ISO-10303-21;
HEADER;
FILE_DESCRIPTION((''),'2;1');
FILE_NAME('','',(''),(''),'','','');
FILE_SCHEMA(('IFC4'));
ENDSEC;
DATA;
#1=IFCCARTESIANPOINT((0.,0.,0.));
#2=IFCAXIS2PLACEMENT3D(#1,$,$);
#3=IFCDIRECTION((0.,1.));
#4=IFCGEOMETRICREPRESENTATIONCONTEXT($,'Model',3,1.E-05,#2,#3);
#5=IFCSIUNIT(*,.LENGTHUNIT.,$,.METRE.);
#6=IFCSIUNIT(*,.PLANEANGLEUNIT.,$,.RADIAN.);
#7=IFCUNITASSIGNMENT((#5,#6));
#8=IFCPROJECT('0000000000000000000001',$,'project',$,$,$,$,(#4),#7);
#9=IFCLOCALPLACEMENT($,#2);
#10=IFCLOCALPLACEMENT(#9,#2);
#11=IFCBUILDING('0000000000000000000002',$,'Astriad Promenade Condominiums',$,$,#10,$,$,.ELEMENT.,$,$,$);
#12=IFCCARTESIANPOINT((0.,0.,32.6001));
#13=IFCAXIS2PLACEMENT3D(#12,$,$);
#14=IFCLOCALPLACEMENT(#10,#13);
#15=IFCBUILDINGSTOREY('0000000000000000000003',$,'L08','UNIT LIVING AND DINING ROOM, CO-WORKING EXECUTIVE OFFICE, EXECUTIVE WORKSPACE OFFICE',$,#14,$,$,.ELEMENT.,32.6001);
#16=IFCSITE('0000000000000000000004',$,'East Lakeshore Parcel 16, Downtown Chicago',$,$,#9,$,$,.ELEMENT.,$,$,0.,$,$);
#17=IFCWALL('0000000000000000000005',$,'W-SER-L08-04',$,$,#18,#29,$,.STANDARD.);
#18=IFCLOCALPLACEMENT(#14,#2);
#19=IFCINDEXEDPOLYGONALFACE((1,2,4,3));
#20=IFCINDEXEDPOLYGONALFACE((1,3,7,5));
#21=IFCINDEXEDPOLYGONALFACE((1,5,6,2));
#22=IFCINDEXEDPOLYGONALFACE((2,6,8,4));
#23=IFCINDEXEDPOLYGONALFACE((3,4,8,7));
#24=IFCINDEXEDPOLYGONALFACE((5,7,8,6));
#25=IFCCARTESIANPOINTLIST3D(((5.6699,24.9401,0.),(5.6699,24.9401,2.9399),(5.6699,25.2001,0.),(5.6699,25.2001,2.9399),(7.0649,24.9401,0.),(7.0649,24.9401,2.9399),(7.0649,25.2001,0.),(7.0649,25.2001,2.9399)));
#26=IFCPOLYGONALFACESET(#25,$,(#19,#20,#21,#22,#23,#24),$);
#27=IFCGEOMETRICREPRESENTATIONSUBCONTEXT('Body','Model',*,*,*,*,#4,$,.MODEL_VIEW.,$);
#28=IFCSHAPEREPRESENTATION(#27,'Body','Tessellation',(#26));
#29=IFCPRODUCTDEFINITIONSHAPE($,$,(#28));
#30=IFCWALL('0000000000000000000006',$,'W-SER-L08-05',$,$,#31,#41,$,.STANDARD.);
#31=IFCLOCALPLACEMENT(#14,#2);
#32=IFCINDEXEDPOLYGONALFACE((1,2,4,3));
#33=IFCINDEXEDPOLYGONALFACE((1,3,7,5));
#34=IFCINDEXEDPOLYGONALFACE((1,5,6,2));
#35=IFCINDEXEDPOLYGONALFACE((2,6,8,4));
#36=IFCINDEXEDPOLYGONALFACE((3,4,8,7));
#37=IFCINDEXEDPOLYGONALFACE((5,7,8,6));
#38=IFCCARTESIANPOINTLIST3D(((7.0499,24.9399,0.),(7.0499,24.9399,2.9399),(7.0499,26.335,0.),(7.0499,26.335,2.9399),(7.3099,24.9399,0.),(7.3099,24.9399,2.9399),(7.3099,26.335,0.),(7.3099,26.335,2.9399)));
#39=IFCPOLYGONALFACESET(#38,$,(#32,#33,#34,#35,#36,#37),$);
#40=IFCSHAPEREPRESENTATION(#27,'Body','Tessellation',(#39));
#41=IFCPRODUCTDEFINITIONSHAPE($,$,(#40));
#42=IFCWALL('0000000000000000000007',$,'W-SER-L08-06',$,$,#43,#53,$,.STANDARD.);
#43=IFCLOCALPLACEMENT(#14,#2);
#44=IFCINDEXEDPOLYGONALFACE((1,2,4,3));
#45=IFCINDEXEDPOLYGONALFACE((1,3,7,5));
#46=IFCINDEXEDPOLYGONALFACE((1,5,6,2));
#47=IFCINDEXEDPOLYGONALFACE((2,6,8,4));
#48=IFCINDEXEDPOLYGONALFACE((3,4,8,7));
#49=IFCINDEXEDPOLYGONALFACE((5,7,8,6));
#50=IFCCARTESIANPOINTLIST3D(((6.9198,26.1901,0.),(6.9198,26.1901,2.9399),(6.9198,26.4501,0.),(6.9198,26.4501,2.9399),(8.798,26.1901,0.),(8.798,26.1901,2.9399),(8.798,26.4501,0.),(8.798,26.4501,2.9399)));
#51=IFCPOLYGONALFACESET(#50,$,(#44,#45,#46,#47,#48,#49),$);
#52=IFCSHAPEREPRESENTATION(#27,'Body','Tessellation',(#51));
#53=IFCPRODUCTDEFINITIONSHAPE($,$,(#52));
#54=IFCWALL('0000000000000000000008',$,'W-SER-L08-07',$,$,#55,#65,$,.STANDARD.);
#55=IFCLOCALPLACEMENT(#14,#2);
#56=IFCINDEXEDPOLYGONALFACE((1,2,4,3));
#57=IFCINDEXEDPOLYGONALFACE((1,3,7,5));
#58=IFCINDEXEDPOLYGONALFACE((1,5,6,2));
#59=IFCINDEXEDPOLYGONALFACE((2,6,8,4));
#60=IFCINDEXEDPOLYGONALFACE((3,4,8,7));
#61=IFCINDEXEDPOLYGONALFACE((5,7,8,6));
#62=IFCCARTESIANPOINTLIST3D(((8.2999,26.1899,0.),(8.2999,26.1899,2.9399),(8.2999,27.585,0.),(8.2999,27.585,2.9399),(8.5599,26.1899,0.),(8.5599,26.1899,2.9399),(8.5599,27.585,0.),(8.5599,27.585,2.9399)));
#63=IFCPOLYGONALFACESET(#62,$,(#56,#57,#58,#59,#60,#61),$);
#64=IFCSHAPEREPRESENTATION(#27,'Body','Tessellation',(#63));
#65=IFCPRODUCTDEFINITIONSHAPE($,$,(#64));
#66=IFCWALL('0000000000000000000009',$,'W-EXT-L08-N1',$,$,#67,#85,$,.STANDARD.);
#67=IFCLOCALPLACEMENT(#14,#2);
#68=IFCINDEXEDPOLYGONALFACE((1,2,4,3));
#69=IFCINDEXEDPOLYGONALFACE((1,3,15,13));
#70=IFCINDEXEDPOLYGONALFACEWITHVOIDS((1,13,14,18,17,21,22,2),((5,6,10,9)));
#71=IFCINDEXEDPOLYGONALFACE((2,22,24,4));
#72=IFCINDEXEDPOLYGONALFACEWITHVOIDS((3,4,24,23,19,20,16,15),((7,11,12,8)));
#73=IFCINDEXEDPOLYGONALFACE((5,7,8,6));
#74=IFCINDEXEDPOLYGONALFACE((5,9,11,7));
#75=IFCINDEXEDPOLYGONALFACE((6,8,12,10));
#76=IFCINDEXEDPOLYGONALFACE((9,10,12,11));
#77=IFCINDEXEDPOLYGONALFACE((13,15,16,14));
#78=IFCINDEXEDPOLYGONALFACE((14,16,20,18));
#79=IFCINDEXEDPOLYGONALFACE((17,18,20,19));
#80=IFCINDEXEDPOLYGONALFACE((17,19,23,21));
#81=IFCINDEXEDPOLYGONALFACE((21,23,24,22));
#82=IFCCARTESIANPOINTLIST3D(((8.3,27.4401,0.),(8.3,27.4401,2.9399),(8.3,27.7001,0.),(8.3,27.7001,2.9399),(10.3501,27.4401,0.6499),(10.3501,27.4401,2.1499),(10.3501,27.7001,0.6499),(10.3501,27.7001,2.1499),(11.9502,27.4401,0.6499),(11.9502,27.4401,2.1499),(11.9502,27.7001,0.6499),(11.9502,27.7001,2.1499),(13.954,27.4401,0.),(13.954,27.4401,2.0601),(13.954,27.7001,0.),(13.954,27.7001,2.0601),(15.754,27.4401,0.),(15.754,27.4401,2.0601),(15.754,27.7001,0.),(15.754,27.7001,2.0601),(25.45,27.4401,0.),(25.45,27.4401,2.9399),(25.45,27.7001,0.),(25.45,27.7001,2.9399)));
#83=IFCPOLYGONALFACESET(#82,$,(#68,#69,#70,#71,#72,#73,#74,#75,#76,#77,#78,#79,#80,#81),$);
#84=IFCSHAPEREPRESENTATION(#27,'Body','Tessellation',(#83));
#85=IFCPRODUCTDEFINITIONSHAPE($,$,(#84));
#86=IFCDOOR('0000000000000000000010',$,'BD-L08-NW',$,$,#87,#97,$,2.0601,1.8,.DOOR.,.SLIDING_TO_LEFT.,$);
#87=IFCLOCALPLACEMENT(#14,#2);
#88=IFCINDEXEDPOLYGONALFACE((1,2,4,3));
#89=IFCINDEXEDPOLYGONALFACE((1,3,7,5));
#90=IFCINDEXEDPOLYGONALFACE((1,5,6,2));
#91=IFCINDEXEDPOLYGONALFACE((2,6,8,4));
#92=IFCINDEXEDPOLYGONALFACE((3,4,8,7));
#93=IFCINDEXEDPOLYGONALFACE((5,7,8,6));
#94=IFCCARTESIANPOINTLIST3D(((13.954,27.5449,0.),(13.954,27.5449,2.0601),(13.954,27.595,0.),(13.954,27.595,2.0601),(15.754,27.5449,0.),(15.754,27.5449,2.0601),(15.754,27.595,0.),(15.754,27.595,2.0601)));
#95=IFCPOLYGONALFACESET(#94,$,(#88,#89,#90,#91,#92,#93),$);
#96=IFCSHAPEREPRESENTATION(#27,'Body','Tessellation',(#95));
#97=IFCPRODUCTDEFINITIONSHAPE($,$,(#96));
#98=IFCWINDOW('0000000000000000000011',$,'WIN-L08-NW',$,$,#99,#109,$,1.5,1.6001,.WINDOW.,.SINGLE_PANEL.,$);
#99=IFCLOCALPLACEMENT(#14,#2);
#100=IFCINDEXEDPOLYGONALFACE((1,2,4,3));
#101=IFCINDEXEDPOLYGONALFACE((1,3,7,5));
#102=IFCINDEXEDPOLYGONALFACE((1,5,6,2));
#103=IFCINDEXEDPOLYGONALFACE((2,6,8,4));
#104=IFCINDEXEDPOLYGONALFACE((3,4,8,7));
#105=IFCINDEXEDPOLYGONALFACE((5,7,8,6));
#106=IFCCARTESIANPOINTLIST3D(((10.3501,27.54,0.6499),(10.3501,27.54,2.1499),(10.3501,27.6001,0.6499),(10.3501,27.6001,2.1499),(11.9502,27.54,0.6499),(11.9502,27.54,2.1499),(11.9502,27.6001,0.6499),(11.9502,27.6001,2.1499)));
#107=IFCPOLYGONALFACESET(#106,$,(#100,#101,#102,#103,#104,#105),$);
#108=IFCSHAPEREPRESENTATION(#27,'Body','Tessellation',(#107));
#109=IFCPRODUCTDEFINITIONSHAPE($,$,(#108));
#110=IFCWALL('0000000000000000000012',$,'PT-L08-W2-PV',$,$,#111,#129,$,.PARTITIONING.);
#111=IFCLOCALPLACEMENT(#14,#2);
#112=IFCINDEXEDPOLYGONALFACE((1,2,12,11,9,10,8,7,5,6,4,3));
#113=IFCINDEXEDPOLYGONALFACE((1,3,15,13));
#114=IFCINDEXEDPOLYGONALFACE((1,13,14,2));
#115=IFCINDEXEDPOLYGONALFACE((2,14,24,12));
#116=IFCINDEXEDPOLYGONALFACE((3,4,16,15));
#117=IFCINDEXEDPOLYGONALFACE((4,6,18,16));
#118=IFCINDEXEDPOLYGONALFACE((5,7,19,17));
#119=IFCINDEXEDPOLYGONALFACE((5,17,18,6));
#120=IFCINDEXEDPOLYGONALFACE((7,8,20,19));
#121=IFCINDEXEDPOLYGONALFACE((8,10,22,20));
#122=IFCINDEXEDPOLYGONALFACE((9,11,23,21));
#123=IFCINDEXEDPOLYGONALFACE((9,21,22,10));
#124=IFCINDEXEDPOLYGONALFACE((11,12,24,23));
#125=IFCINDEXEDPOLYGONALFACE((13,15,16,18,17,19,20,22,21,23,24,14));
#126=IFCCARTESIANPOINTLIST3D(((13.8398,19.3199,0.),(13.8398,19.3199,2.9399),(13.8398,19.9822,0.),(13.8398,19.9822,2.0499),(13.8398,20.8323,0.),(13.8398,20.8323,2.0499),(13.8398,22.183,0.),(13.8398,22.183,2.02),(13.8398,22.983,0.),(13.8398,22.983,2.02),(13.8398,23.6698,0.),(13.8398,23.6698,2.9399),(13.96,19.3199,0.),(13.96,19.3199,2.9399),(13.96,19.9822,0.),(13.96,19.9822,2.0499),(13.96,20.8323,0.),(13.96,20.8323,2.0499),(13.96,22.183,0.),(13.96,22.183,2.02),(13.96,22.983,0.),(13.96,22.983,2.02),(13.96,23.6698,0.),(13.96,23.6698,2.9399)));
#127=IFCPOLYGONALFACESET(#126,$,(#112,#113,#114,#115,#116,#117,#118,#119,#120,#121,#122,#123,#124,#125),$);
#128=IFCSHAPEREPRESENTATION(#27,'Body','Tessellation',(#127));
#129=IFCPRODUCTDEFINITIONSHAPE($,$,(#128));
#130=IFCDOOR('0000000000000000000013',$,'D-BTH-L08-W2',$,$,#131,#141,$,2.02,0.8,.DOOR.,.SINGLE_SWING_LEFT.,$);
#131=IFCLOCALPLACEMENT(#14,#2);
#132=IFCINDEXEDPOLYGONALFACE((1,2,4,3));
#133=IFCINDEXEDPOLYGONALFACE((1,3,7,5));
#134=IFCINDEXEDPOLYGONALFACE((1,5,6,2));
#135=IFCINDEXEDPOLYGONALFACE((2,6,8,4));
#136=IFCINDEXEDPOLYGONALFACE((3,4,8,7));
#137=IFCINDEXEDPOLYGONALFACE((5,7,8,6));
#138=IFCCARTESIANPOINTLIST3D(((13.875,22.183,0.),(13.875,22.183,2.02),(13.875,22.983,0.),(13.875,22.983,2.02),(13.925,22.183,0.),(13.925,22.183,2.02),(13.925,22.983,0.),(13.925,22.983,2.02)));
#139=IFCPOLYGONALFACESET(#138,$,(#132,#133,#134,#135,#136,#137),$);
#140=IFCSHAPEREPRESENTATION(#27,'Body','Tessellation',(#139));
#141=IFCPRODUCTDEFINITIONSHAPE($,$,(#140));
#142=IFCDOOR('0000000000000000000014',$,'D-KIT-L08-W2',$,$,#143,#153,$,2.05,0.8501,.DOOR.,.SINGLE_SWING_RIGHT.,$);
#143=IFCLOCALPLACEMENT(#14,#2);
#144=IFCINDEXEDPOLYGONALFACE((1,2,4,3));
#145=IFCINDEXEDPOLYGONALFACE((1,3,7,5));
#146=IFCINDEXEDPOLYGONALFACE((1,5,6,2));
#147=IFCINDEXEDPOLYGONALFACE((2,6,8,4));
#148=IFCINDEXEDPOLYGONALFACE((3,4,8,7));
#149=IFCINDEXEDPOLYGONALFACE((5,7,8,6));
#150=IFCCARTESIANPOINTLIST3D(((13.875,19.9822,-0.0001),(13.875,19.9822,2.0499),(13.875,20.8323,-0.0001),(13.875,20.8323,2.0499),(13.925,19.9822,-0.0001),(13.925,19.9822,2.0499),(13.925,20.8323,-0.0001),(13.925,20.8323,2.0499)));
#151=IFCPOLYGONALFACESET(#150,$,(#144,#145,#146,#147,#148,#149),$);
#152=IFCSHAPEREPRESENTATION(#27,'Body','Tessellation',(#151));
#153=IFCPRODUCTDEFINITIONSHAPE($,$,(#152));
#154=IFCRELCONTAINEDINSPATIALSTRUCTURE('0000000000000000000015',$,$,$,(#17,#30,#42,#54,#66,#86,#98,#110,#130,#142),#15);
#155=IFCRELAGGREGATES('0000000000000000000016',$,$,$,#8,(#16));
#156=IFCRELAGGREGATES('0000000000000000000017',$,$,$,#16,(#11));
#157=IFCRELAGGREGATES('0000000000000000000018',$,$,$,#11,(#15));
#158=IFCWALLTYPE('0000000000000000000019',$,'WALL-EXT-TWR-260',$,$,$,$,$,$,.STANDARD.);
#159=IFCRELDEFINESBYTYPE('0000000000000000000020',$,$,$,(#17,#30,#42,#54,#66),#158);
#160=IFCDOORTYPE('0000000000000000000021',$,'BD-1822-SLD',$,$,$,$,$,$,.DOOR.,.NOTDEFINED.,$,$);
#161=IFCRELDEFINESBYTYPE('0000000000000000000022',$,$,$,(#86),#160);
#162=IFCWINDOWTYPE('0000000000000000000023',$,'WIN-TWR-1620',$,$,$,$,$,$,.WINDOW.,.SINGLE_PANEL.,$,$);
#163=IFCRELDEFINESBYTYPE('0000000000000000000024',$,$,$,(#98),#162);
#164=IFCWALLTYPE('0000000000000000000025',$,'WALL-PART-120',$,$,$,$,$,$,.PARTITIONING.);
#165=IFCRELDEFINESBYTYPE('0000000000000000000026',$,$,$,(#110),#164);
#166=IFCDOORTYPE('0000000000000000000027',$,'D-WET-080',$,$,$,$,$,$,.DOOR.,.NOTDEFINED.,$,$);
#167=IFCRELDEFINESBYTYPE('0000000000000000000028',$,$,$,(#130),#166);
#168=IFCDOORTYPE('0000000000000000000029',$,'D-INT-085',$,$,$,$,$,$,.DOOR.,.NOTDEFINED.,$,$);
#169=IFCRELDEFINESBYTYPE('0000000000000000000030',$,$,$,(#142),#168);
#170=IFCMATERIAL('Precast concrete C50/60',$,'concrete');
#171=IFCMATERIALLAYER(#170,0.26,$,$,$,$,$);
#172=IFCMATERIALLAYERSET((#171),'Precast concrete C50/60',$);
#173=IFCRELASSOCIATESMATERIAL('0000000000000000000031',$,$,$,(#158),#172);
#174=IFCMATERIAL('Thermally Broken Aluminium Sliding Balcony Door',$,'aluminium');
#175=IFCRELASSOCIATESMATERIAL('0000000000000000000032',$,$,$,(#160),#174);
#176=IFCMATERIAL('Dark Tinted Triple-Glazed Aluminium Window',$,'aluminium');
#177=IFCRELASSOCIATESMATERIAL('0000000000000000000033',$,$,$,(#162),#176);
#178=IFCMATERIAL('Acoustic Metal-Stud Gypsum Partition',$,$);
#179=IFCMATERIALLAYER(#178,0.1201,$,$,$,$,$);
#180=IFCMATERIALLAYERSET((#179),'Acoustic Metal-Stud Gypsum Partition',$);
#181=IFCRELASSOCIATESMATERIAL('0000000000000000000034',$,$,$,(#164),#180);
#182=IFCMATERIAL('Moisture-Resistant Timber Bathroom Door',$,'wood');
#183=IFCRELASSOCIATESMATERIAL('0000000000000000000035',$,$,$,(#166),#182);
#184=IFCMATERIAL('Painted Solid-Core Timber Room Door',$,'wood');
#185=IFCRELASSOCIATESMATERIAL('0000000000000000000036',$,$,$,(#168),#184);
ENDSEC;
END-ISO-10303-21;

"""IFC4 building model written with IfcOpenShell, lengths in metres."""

from ifc_helpers import new_model, si_unit, direction, frame, frame_2d, origin, place, context, subcontext, project, spatial, rectangle, extrude, source, transform, mapped, material, layer, layer_set, type_object, type_shapes, element, fill, save


model = new_model("IFC4")

# Units and contexts
model_context = context("Model", 3, precision=1e-05, world=origin(), true_north=direction((0.0, 1.0)))
body_context = subcontext(model_context, "Body", "Model", "MODEL_VIEW")
ifc_project = project(units=[si_unit("LENGTHUNIT", "METRE"), si_unit("PLANEANGLEUNIT", "RADIAN")], contexts=[model_context])

# Site, building, storey
site_placement = place(None, origin())
site = spatial("IfcSite", under=ifc_project, at=site_placement, Name="East Lakeshore Parcel 16, Downtown Chicago", CompositionType="ELEMENT", RefElevation=0.0)
building_placement = place(site_placement, origin())
building = spatial("IfcBuilding", under=site, at=building_placement, Name="Astriad Promenade Condominiums", CompositionType="ELEMENT")
storey_placement = place(building_placement, frame((0.0, 0.0, 32.6001)))
storey = spatial("IfcBuildingStorey", under=building, at=storey_placement, Name="L08", Description="UNIT LIVING AND DINING ROOM, CO-WORKING EXECUTIVE OFFICE, EXECUTIVE WORKSPACE OFFICE", CompositionType="ELEMENT", Elevation=32.6001)

# Walls
ifc_material_1 = material(Name="Precast concrete C50/60", Category="concrete")
ifc_layer_1 = layer(ifc_material_1, 0.26)
ifc_layer_set_1 = layer_set([ifc_layer_1], Name="Precast concrete C50/60")
wall_type_1 = type_object("IfcWallType", Name="WALL-EXT-TWR-260", PredefinedType="STANDARD", material=ifc_layer_set_1)
for number, where, z_axis, x_axis, name in (
    (1, (5.6699, 25.0701, 0.0), (0.0, 0.0, 1.0), (1.0, 0.0, 0.0), "W-SER-L08-04"),
    (2, (7.1799, 24.9399, 0.0), (0.0, 0.0, 1.0), (0.0, 1.0, 0.0), "W-SER-L08-05"),
):
    element("IfcWall", number, at=place(storey_placement, frame(where, z_axis=z_axis, x_axis=x_axis)), inside=storey, type_object=wall_type_1, Name=name, PredefinedType="STANDARD", context=body_context, shape_type="SweptSolid", body=[
        extrude(rectangle(XDim=1.395, YDim=0.26, at=frame_2d((0.6975, 0.0))), origin(), (0.0, 0.0, 1.0), 2.9399),
    ])
wall_1_placement = place(storey_placement, frame((6.9199, 26.3201, 0.0), z_axis=(0.0, 0.0, 1.0), x_axis=(1.0, 0.0, 0.0)))
element("IfcWall", 3, at=wall_1_placement, inside=storey, type_object=wall_type_1, Name="W-SER-L08-06", PredefinedType="STANDARD", context=body_context, shape_type="SweptSolid", body=[
    extrude(rectangle(XDim=1.8782, YDim=0.26, at=frame_2d((0.939, 0.0))), origin(), (0.0, 0.0, 1.0), 2.9399),
])
wall_2_placement = place(storey_placement, frame((8.4299, 26.1899, 0.0), z_axis=(0.0, 0.0, 1.0), x_axis=(0.0, 1.0, 0.0)))
element("IfcWall", 4, at=wall_2_placement, inside=storey, type_object=wall_type_1, Name="W-SER-L08-07", PredefinedType="STANDARD", context=body_context, shape_type="SweptSolid", body=[
    extrude(rectangle(XDim=1.395, YDim=0.26, at=frame_2d((0.6975, 0.0))), origin(), (0.0, 0.0, 1.0), 2.9399),
])

# Wall, openings, door, window
wall_3_placement = place(storey_placement, frame((8.3, 27.5701, 0.0), z_axis=(0.0, 0.0, 1.0), x_axis=(1.0, 0.0, 0.0)))
wall_3 = element("IfcWall", 5, at=wall_3_placement, inside=storey, type_object=wall_type_1, Name="W-EXT-L08-N1", PredefinedType="STANDARD", context=body_context, shape_type="SweptSolid", body=[
    extrude(rectangle(XDim=17.1499, YDim=0.26, at=frame_2d((8.575, 0.0))), origin(), (0.0, 0.0, 1.0), 2.9399),
])
opening_1_placement = place(wall_3_placement, frame((5.6541, 0.0, 0.0)))
opening_1 = element("IfcOpeningElement", 6, at=opening_1_placement, cuts=wall_3, PredefinedType="OPENING", context=body_context, shape_type="SweptSolid", body=[
    extrude(rectangle(XDim=1.8, YDim=2.0601, at=frame_2d((0.8999, 1.03))), frame((0.0, 0.1399, 0.0), z_axis=(0.0, -1.0, 0.0), x_axis=(1.0, 0.0, 0.0)), (0.0, 0.0, 1.0), 0.28),
])
opening_2_placement = place(wall_3_placement, frame((2.05, 0.0, 0.6499)))
opening_2 = element("IfcOpeningElement", 7, at=opening_2_placement, cuts=wall_3, PredefinedType="OPENING", context=body_context, shape_type="SweptSolid", body=[
    extrude(rectangle(XDim=1.6001, YDim=1.5, at=frame_2d((0.8, 0.75))), frame((0.0, 0.1399, 0.0), z_axis=(0.0, -1.0, 0.0), x_axis=(1.0, 0.0, 0.0)), (0.0, 0.0, 1.0), 0.28),
])
ifc_material_2 = material(Name="Thermally Broken Aluminium Sliding Balcony Door", Category="aluminium")
door_type_1 = type_object("IfcDoorType", Name="BD-1822-SLD", OperationType="NOTDEFINED", PredefinedType="DOOR", material=ifc_material_2)
shared_shape_1 = source(origin(), body_context, "Body", "SweptSolid", [
    extrude(rectangle(XDim=1.8, YDim=2.0601, at=frame_2d((0.8999, 1.03))), frame((0.0, 0.0249, 0.0), z_axis=(0.0, -1.0, 0.0), x_axis=(1.0, 0.0, 0.0)), (0.0, 0.0, 1.0), 0.05),
])
type_shapes(door_type_1, [shared_shape_1])
door_1_placement = place(opening_1_placement, origin())
door_1 = element("IfcDoor", 8, at=door_1_placement, inside=storey, type_object=door_type_1, Name="BD-L08-NW", OperationType="SLIDING_TO_LEFT", OverallHeight=2.0601, OverallWidth=1.8, PredefinedType="DOOR", context=body_context, shape_type="MappedRepresentation", body=[
    mapped(shared_shape_1, transform((0.0, 0.0, 0.0), scale=1.0)),
])
fill(opening_1, door_1)
ifc_material_3 = material(Name="Dark Tinted Triple-Glazed Aluminium Window", Category="aluminium")
window_type = type_object("IfcWindowType", Name="WIN-TWR-1620", PartitioningType="SINGLE_PANEL", PredefinedType="WINDOW", material=ifc_material_3)
shared_shape_2 = source(origin(), body_context, "Body", "SweptSolid", [
    extrude(rectangle(XDim=1.6001, YDim=1.5, at=frame_2d((0.8, 0.75))), frame((0.0, 0.03, 0.0), z_axis=(0.0, -1.0, 0.0), x_axis=(1.0, 0.0, 0.0)), (0.0, 0.0, 1.0), 0.0601),
])
type_shapes(window_type, [shared_shape_2])
window_placement = place(opening_2_placement, origin())
window = element("IfcWindow", 9, at=window_placement, inside=storey, type_object=window_type, Name="WIN-L08-NW", OverallHeight=1.5, OverallWidth=1.6001, PartitioningType="SINGLE_PANEL", PredefinedType="WINDOW", context=body_context, shape_type="MappedRepresentation", body=[
    mapped(shared_shape_2, transform((0.0, 0.0, 0.0), scale=1.0)),
])
fill(opening_2, window)

# Wall, openings, doors
ifc_material_4 = material(Name="Acoustic Metal-Stud Gypsum Partition")
ifc_layer_2 = layer(ifc_material_4, 0.1201)
ifc_layer_set_2 = layer_set([ifc_layer_2], Name="Acoustic Metal-Stud Gypsum Partition")
wall_type_2 = type_object("IfcWallType", Name="WALL-PART-120", PredefinedType="PARTITIONING", material=ifc_layer_set_2)
wall_4_placement = place(storey_placement, frame((13.8999, 19.3201, 0.0), z_axis=(0.0, 0.0, 1.0), x_axis=(0.0, 1.0, 0.0)))
wall_4 = element("IfcWall", 10, at=wall_4_placement, inside=storey, type_object=wall_type_2, Name="PT-L08-W2-PV", PredefinedType="PARTITIONING", context=body_context, shape_type="SweptSolid", body=[
    extrude(rectangle(XDim=4.3499, YDim=0.1201, at=frame_2d((2.1748, 0.0))), origin(), (0.0, 0.0, 1.0), 2.9399),
])
opening_3_placement = place(wall_4_placement, frame((0.6621, 0.0, 0.0)))
opening_3 = element("IfcOpeningElement", 11, at=opening_3_placement, cuts=wall_4, PredefinedType="OPENING", context=body_context, shape_type="SweptSolid", body=[
    extrude(rectangle(XDim=0.8501, YDim=2.05, at=frame_2d((0.425, 1.0249))), frame((0.0, 0.0701, 0.0), z_axis=(0.0, -1.0, 0.0), x_axis=(1.0, 0.0, 0.0)), (0.0, 0.0, 1.0), 0.1401),
])
opening_4_placement = place(wall_4_placement, frame((2.863, 0.0, 0.0)))
opening_4 = element("IfcOpeningElement", 12, at=opening_4_placement, cuts=wall_4, PredefinedType="OPENING", context=body_context, shape_type="SweptSolid", body=[
    extrude(rectangle(XDim=0.8, YDim=2.02, at=frame_2d((0.3999, 1.01))), frame((0.0, 0.0701, 0.0), z_axis=(0.0, -1.0, 0.0), x_axis=(1.0, 0.0, 0.0)), (0.0, 0.0, 1.0), 0.1401),
])
ifc_material_5 = material(Name="Moisture-Resistant Timber Bathroom Door", Category="wood")
door_type_2 = type_object("IfcDoorType", Name="D-WET-080", OperationType="NOTDEFINED", PredefinedType="DOOR", material=ifc_material_5)
shared_shape_3 = source(origin(), body_context, "Body", "SweptSolid", [
    extrude(rectangle(XDim=0.8, YDim=2.02, at=frame_2d((0.3999, 1.01))), frame((0.0, 0.0249, 0.0), z_axis=(0.0, -1.0, 0.0), x_axis=(1.0, 0.0, 0.0)), (0.0, 0.0, 1.0), 0.05),
])
type_shapes(door_type_2, [shared_shape_3])
door_2_placement = place(opening_4_placement, origin())
door_2 = element("IfcDoor", 13, at=door_2_placement, inside=storey, type_object=door_type_2, Name="D-BTH-L08-W2", OperationType="SINGLE_SWING_LEFT", OverallHeight=2.02, OverallWidth=0.8, PredefinedType="DOOR", context=body_context, shape_type="MappedRepresentation", body=[
    mapped(shared_shape_3, transform((0.0, 0.0, 0.0), scale=1.0)),
])
fill(opening_4, door_2)
ifc_material_6 = material(Name="Painted Solid-Core Timber Room Door", Category="wood")
door_type_3 = type_object("IfcDoorType", Name="D-INT-085", OperationType="NOTDEFINED", PredefinedType="DOOR", material=ifc_material_6)
shared_shape_4 = source(origin(), body_context, "Body", "SweptSolid", [
    extrude(rectangle(XDim=0.8501, YDim=2.05, at=frame_2d((0.425, 1.0249))), frame((0.0, 0.0249, 0.0), z_axis=(0.0, -1.0, 0.0), x_axis=(1.0, 0.0, 0.0)), (0.0, 0.0, 1.0), 0.05),
])
type_shapes(door_type_3, [shared_shape_4])
door_3_placement = place(opening_3_placement, origin())
door_3 = element("IfcDoor", 14, at=door_3_placement, inside=storey, type_object=door_type_3, Name="D-KIT-L08-W2", OperationType="SINGLE_SWING_RIGHT", OverallHeight=2.05, OverallWidth=0.8501, PredefinedType="DOOR", context=body_context, shape_type="MappedRepresentation", body=[
    mapped(shared_shape_4, transform((0.0, 0.0, 0.0), scale=1.0)),
])
fill(opening_3, door_3)

save(model, "model.ifc")
